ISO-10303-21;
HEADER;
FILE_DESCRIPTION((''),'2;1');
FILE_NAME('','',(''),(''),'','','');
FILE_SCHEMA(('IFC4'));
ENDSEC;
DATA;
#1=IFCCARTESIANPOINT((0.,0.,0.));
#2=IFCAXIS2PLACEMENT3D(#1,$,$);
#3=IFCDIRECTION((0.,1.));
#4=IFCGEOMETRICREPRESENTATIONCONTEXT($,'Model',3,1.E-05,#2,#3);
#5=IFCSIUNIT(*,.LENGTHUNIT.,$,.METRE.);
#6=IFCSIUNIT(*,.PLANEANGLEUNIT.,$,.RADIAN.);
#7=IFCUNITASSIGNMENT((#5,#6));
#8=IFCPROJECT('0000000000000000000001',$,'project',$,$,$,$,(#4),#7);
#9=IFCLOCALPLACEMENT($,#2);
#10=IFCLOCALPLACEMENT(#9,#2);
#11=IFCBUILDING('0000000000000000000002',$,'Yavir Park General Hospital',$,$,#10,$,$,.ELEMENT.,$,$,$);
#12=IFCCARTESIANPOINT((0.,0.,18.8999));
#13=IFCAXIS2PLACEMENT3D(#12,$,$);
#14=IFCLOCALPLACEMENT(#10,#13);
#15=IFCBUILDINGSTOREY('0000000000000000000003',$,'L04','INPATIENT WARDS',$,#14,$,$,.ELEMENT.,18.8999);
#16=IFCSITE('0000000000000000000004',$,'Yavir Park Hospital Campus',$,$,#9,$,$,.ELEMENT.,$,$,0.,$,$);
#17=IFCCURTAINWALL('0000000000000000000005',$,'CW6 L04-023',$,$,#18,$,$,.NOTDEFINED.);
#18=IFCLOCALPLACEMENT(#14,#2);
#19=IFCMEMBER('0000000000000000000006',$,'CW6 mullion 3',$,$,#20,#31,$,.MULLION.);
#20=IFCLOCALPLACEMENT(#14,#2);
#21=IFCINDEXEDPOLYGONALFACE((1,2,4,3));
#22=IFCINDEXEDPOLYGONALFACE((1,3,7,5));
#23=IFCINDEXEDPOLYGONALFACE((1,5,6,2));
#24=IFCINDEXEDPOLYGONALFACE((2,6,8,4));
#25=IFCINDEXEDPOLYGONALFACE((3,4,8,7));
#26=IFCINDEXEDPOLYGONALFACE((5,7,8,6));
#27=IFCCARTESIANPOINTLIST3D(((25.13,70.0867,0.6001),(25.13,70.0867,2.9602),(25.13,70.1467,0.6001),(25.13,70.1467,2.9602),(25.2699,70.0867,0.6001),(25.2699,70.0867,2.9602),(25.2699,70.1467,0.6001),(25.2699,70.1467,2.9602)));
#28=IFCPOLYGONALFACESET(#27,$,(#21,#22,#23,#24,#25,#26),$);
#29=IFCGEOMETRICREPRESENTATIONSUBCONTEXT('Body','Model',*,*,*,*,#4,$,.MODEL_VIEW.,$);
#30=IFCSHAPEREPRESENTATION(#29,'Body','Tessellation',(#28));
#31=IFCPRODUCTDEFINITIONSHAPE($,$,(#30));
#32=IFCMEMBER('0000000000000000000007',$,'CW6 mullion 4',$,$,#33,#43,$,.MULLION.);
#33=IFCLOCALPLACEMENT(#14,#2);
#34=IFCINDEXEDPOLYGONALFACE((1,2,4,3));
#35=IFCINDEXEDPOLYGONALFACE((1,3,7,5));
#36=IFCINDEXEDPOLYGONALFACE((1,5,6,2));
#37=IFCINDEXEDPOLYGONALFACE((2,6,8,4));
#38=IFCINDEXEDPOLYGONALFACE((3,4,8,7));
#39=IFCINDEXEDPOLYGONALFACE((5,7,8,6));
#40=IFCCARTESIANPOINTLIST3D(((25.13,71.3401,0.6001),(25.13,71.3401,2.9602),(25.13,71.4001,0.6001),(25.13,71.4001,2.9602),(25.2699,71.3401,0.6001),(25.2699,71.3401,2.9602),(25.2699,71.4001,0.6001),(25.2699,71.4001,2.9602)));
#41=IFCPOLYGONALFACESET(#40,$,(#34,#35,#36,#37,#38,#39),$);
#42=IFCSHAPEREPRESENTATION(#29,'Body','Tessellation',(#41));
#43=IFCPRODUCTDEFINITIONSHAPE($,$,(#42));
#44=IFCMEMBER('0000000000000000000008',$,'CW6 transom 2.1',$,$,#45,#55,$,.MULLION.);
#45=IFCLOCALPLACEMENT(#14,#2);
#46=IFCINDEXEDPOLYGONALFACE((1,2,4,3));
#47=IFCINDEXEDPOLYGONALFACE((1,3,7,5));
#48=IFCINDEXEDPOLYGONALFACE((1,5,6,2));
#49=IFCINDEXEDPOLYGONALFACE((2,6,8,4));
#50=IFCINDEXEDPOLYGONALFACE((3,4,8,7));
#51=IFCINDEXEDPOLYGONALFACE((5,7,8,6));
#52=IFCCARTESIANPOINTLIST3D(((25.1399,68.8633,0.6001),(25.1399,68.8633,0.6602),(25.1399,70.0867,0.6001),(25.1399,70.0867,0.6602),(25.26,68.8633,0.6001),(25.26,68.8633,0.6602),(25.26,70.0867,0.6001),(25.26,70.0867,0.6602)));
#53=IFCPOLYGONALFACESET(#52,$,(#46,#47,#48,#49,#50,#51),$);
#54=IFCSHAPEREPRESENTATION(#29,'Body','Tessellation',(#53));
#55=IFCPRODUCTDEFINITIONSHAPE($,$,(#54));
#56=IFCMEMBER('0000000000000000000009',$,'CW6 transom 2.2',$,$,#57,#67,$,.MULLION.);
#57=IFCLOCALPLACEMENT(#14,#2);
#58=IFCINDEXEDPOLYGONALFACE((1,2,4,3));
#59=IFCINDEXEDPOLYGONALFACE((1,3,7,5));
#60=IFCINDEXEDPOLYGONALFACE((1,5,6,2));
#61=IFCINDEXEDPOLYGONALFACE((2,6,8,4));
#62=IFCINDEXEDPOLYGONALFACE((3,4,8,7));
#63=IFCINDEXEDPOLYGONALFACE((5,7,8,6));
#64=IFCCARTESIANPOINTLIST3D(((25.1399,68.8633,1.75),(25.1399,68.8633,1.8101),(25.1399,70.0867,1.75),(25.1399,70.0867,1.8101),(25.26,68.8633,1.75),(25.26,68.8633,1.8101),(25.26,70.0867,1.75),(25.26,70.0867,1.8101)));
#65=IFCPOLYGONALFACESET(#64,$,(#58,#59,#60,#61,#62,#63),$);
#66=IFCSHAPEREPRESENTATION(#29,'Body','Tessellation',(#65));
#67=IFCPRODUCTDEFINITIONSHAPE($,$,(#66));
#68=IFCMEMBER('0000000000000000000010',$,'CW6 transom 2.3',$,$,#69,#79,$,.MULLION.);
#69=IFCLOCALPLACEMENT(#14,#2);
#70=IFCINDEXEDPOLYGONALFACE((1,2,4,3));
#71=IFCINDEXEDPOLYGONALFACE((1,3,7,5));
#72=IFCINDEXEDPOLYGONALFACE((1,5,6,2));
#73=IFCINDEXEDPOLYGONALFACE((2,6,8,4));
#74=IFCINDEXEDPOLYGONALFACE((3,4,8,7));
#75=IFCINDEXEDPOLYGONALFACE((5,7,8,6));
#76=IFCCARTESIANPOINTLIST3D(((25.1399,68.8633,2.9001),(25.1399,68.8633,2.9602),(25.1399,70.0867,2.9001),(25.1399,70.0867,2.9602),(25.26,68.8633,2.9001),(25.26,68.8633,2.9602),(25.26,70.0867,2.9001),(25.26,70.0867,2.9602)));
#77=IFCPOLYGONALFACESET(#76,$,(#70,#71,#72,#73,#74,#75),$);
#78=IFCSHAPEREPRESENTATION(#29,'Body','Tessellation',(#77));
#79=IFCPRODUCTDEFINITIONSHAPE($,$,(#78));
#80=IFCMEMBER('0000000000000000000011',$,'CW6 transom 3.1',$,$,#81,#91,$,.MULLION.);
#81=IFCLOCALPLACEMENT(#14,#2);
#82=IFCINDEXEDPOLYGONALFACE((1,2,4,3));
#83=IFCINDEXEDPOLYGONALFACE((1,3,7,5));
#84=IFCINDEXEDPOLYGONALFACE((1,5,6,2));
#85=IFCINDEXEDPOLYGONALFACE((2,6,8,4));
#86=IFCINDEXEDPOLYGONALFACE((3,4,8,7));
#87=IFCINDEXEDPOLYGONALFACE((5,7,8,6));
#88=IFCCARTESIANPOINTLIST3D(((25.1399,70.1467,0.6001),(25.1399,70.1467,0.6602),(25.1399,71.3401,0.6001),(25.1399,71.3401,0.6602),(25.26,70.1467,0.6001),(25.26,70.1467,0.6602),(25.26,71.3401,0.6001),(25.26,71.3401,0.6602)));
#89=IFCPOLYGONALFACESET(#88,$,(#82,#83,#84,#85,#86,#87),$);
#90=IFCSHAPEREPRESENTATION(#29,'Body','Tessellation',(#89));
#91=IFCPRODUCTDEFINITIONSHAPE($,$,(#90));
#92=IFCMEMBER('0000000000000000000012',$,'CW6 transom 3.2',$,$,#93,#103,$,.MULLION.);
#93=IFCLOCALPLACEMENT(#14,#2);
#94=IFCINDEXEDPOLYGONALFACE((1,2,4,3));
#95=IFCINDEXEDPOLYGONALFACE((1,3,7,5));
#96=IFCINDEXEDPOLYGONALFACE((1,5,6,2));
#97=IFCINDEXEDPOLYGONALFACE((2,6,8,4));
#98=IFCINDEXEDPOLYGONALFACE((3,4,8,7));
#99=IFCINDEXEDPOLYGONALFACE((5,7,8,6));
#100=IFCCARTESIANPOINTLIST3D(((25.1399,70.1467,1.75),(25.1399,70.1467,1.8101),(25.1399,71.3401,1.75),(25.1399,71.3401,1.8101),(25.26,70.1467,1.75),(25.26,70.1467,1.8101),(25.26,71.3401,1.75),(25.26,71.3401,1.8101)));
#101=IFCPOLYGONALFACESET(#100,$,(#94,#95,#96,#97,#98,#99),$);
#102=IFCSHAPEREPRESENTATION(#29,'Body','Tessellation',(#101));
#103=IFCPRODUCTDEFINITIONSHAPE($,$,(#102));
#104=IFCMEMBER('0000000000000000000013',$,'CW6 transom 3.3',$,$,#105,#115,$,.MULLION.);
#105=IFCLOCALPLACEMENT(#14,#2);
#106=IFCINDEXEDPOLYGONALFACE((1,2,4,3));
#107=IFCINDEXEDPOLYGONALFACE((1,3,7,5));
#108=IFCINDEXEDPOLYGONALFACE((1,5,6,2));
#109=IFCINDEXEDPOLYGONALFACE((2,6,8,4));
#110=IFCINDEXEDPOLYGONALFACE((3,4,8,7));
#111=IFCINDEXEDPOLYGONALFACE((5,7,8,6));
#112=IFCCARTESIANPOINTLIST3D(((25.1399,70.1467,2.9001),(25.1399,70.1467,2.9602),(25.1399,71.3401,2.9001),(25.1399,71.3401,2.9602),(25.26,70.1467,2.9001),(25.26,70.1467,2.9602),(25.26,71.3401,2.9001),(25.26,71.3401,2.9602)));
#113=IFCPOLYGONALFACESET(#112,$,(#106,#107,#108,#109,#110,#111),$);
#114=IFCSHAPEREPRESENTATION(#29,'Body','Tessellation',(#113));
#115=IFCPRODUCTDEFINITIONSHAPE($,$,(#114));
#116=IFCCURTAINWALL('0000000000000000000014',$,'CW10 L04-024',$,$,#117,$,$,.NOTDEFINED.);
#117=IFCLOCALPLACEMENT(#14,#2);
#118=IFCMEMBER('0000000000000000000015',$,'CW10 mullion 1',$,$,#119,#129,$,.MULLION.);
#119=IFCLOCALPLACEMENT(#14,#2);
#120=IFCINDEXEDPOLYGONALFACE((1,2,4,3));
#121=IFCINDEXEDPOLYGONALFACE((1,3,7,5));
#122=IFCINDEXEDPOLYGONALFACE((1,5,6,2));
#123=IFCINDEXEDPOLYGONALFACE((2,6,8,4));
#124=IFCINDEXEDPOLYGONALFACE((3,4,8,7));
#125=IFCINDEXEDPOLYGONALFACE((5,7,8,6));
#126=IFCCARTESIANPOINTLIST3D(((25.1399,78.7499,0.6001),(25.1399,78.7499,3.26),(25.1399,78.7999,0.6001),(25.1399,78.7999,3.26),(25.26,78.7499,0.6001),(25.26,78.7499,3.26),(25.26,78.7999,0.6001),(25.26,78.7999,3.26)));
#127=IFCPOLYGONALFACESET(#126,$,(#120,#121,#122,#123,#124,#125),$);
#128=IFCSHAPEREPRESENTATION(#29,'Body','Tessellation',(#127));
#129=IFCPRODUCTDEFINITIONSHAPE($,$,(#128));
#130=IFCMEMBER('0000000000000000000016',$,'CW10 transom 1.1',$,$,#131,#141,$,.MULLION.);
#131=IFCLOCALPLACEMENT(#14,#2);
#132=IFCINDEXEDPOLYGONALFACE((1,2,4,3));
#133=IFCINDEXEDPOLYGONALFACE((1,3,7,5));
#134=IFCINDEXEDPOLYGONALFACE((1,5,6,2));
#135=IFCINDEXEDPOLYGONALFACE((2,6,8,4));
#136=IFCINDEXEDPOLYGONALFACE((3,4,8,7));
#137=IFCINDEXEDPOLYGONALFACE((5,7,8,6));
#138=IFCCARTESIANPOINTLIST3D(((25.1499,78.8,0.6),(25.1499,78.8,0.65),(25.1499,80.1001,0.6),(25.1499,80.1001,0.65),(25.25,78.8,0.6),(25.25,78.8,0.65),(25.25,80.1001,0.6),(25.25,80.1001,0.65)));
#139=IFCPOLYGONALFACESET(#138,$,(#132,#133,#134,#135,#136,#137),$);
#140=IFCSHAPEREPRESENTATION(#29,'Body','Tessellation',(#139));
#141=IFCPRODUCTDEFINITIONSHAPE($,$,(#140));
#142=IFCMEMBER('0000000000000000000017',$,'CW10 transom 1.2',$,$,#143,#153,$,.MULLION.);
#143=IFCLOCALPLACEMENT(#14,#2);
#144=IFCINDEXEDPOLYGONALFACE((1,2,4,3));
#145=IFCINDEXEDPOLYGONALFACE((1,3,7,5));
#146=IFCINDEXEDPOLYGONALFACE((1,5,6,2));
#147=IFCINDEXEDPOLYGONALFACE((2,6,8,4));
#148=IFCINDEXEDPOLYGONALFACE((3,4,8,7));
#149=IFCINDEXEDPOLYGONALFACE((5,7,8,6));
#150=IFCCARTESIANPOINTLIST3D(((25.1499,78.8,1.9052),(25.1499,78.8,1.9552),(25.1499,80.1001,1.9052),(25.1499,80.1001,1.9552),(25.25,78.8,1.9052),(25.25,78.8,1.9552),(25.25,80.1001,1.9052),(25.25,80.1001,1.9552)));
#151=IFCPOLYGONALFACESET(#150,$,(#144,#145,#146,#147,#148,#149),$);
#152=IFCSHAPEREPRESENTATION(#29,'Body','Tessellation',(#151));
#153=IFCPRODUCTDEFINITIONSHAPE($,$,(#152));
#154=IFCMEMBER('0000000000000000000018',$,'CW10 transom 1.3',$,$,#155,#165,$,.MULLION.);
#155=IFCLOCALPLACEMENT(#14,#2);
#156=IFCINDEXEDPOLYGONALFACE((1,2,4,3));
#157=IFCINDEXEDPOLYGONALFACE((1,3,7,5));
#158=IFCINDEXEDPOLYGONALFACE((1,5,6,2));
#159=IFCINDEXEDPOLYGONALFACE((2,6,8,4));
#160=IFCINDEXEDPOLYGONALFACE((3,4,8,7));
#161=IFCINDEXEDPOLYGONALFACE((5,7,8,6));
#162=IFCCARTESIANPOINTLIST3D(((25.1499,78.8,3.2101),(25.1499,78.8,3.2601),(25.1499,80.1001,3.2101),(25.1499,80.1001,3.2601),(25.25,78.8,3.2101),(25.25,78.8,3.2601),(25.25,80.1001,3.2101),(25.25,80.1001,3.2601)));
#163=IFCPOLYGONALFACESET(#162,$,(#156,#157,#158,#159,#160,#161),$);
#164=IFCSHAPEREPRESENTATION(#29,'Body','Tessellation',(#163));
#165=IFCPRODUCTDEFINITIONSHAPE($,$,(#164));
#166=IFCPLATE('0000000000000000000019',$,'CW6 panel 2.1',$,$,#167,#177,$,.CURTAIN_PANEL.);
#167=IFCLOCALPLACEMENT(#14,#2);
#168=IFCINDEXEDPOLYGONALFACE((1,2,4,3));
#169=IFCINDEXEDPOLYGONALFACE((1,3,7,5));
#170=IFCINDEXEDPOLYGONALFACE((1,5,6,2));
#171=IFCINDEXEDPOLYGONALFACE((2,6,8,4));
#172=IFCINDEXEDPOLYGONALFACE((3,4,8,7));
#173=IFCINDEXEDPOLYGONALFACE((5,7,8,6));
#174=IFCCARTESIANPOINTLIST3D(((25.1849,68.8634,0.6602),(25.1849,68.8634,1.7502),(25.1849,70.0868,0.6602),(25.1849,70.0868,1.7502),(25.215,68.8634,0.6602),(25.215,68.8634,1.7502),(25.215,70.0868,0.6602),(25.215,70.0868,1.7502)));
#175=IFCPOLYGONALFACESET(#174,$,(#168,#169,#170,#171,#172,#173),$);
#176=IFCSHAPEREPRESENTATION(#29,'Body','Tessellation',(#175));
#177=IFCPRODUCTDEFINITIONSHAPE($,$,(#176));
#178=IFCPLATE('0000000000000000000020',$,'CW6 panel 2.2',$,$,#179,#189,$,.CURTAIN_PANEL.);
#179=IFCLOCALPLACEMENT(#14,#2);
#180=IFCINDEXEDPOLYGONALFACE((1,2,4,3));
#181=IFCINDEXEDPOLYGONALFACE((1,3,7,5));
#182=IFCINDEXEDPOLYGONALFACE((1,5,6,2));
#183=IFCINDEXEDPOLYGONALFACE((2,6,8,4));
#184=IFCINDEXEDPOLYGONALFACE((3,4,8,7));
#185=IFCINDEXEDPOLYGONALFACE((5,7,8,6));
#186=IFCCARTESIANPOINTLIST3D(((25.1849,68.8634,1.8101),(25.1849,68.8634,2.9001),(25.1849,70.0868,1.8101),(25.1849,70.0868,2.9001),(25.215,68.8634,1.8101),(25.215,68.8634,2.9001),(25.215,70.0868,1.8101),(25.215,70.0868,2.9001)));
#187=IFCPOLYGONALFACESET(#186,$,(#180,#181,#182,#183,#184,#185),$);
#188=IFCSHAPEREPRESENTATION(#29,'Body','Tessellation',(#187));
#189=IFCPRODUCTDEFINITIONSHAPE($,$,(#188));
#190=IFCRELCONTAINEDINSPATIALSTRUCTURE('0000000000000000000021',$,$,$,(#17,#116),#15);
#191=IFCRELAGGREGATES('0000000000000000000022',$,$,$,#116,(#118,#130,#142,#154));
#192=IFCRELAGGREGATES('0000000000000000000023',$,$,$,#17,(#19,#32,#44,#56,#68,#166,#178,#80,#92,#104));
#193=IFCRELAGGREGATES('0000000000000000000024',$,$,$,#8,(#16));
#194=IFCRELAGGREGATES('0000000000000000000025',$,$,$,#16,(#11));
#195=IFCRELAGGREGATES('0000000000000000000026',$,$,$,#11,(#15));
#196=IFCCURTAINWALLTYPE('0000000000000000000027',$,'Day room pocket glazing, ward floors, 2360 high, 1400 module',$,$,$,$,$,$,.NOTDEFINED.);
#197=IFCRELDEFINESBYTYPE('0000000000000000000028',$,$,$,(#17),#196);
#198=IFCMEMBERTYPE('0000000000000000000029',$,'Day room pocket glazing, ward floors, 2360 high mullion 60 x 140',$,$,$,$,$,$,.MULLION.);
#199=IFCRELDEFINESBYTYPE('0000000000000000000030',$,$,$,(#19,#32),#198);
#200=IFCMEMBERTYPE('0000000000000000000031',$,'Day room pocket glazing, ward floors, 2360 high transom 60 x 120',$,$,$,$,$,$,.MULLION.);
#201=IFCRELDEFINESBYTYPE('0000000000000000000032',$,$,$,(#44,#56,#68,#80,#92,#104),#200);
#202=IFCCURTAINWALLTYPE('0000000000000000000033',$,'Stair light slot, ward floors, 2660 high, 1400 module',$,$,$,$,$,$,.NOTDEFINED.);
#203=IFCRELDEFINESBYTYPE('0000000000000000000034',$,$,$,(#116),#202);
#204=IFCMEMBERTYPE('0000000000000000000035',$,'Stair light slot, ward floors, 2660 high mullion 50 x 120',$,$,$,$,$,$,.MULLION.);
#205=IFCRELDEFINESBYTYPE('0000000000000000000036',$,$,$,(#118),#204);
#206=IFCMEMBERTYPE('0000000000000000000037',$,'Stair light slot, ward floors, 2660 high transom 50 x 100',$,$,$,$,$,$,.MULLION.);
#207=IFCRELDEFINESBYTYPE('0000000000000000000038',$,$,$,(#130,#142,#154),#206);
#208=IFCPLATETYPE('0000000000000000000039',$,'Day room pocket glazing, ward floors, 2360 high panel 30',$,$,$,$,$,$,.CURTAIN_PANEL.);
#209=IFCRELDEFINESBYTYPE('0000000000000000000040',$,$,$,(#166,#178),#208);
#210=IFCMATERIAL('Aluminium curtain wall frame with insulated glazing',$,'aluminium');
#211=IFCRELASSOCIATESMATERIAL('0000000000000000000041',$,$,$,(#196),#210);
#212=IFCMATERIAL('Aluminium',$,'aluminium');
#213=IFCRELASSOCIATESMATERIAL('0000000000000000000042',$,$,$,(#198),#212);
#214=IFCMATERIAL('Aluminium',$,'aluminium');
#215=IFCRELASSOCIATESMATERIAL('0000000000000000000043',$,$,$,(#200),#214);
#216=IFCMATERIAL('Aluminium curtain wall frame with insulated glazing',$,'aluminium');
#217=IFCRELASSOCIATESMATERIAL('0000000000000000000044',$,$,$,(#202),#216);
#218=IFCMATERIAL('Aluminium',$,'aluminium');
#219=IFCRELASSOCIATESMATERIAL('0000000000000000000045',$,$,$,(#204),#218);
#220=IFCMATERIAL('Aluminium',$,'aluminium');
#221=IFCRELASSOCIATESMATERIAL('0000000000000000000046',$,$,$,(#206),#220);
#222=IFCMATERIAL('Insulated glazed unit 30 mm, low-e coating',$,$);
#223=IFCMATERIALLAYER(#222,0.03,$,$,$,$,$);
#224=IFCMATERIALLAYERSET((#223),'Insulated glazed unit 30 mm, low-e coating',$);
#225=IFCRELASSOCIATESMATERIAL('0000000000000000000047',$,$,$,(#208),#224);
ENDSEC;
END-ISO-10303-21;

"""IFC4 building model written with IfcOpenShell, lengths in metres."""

from ifc_helpers import new_model, si_unit, direction, frame, origin, origin_2d, place, context, subcontext, project, spatial, rectangle, extrude, material, layer, layer_set, material_profile, profile_set, type_object, element, aggregate, save


model = new_model("IFC4")

# Units and contexts
model_context = context("Model", 3, precision=1e-05, world=origin(), true_north=direction((0.0, 1.0)))
body_context = subcontext(model_context, "Body", "Model", "MODEL_VIEW")
ifc_project = project(units=[si_unit("LENGTHUNIT", "METRE"), si_unit("PLANEANGLEUNIT", "RADIAN")], contexts=[model_context])

# Site, building, storey
site_placement = place(None, origin())
site = spatial("IfcSite", under=ifc_project, at=site_placement, Name="Yavir Park Hospital Campus", CompositionType="ELEMENT", RefElevation=0.0)
building_placement = place(site_placement, origin())
building = spatial("IfcBuilding", under=site, at=building_placement, Name="Yavir Park General Hospital", CompositionType="ELEMENT")
storey_placement = place(building_placement, frame((0.0, 0.0, 18.8999)))
storey = spatial("IfcBuildingStorey", under=building, at=storey_placement, Name="L04", Description="INPATIENT WARDS", CompositionType="ELEMENT", Elevation=18.8999)

# Curtain walls, members
ifc_material_1 = material(Name="Aluminium curtain wall frame with insulated glazing", Category="aluminium")
curtain_wall_type_1 = type_object("IfcCurtainWallType", Name="Day room pocket glazing, ward floors, 2360 high, 1400 module", PredefinedType="NOTDEFINED", material=ifc_material_1)
curtain_wall_1_placement = place(storey_placement, origin())
curtain_wall_1 = element("IfcCurtainWall", 1, at=curtain_wall_1_placement, inside=storey, type_object=curtain_wall_type_1, Name="CW6 L04-023", PredefinedType="NOTDEFINED")
ifc_material_2 = material(Name="Aluminium", Category="aluminium")
ifc_material_profile_1 = material_profile(ifc_material_2, rectangle(XDim=0.1399, YDim=0.0601, at=origin_2d()), Name="AL 60x140")
ifc_profile_set_1 = profile_set([ifc_material_profile_1], Name="Aluminium")
member_type_1 = type_object("IfcMemberType", Name="Day room pocket glazing, ward floors, 2360 high mullion 60 x 140", PredefinedType="MULLION", material=ifc_profile_set_1)
member_1_placement = place(storey_placement, frame((25.2, 70.1167, 0.6001), z_axis=(0.0, 0.0, 1.0), x_axis=(-1.0, 0.0, 0.0)))
member_1 = element("IfcMember", 2, at=member_1_placement, type_object=member_type_1, Name="CW6 mullion 3", PredefinedType="MULLION", context=body_context, shape_type="SweptSolid", body=[
    extrude(rectangle(XDim=0.1399, YDim=0.0601, at=origin_2d()), origin(), (0.0, 0.0, 1.0), 2.3601),
])
member_2_placement = place(storey_placement, frame((25.2, 71.3701, 0.6001), z_axis=(0.0, 0.0, 1.0), x_axis=(-1.0, 0.0, 0.0)))
member_2 = element("IfcMember", 3, at=member_2_placement, type_object=member_type_1, Name="CW6 mullion 4", PredefinedType="MULLION", context=body_context, shape_type="SweptSolid", body=[
    extrude(rectangle(XDim=0.1399, YDim=0.0601, at=origin_2d()), origin(), (0.0, 0.0, 1.0), 2.3601),
])
ifc_material_3 = material(Name="Aluminium", Category="aluminium")
ifc_material_profile_2 = material_profile(ifc_material_3, rectangle(XDim=0.1201, YDim=0.0601, at=origin_2d()), Name="AL 120x60")
ifc_profile_set_2 = profile_set([ifc_material_profile_2], Name="Aluminium")
member_type_2 = type_object("IfcMemberType", Name="Day room pocket glazing, ward floors, 2360 high transom 60 x 120", PredefinedType="MULLION", material=ifc_profile_set_2)
member_3_placement = place(storey_placement, frame((25.2, 68.8633, 0.6301), z_axis=(0.0, 1.0, 0.0), x_axis=(-1.0, 0.0, 0.0)))
member_3 = element("IfcMember", 4, at=member_3_placement, type_object=member_type_2, Name="CW6 transom 2.1", PredefinedType="MULLION", context=body_context, shape_type="SweptSolid", body=[
    extrude(rectangle(XDim=0.1201, YDim=0.0601, at=origin_2d()), origin(), (0.0, 0.0, 1.0), 1.2234),
])
member_4_placement = place(storey_placement, frame((25.2, 68.8633, 1.78), z_axis=(0.0, 1.0, 0.0), x_axis=(-1.0, 0.0, 0.0)))
member_4 = element("IfcMember", 5, at=member_4_placement, type_object=member_type_2, Name="CW6 transom 2.2", PredefinedType="MULLION", context=body_context, shape_type="SweptSolid", body=[
    extrude(rectangle(XDim=0.1201, YDim=0.0601, at=origin_2d()), origin(), (0.0, 0.0, 1.0), 1.2234),
])
member_5_placement = place(storey_placement, frame((25.2, 68.8633, 2.9302), z_axis=(0.0, 1.0, 0.0), x_axis=(-1.0, 0.0, 0.0)))
member_5 = element("IfcMember", 6, at=member_5_placement, type_object=member_type_2, Name="CW6 transom 2.3", PredefinedType="MULLION", context=body_context, shape_type="SweptSolid", body=[
    extrude(rectangle(XDim=0.1201, YDim=0.0601, at=origin_2d()), origin(), (0.0, 0.0, 1.0), 1.2234),
])
member_6_placement = place(storey_placement, frame((25.2, 70.1467, 0.6301), z_axis=(0.0, 1.0, 0.0), x_axis=(-1.0, 0.0, 0.0)))
member_6 = element("IfcMember", 7, at=member_6_placement, type_object=member_type_2, Name="CW6 transom 3.1", PredefinedType="MULLION", context=body_context, shape_type="SweptSolid", body=[
    extrude(rectangle(XDim=0.1201, YDim=0.0601, at=origin_2d()), origin(), (0.0, 0.0, 1.0), 1.1934),
])
member_7_placement = place(storey_placement, frame((25.2, 70.1467, 1.78), z_axis=(0.0, 1.0, 0.0), x_axis=(-1.0, 0.0, 0.0)))
member_7 = element("IfcMember", 8, at=member_7_placement, type_object=member_type_2, Name="CW6 transom 3.2", PredefinedType="MULLION", context=body_context, shape_type="SweptSolid", body=[
    extrude(rectangle(XDim=0.1201, YDim=0.0601, at=origin_2d()), origin(), (0.0, 0.0, 1.0), 1.1934),
])
member_8_placement = place(storey_placement, frame((25.2, 70.1467, 2.9302), z_axis=(0.0, 1.0, 0.0), x_axis=(-1.0, 0.0, 0.0)))
member_8 = element("IfcMember", 9, at=member_8_placement, type_object=member_type_2, Name="CW6 transom 3.3", PredefinedType="MULLION", context=body_context, shape_type="SweptSolid", body=[
    extrude(rectangle(XDim=0.1201, YDim=0.0601, at=origin_2d()), origin(), (0.0, 0.0, 1.0), 1.1934),
])
ifc_material_4 = material(Name="Aluminium curtain wall frame with insulated glazing", Category="aluminium")
curtain_wall_type_2 = type_object("IfcCurtainWallType", Name="Stair light slot, ward floors, 2660 high, 1400 module", PredefinedType="NOTDEFINED", material=ifc_material_4)
curtain_wall_2_placement = place(storey_placement, origin())
curtain_wall_2 = element("IfcCurtainWall", 10, at=curtain_wall_2_placement, inside=storey, type_object=curtain_wall_type_2, Name="CW10 L04-024", PredefinedType="NOTDEFINED")
ifc_material_5 = material(Name="Aluminium", Category="aluminium")
ifc_material_profile_3 = material_profile(ifc_material_5, rectangle(XDim=0.1201, YDim=0.05, at=origin_2d()), Name="AL 50x120")
ifc_profile_set_3 = profile_set([ifc_material_profile_3], Name="Aluminium")
member_type_3 = type_object("IfcMemberType", Name="Stair light slot, ward floors, 2660 high mullion 50 x 120", PredefinedType="MULLION", material=ifc_profile_set_3)
member_9_placement = place(storey_placement, frame((25.2, 78.7749, 0.6001), z_axis=(0.0, 0.0, 1.0), x_axis=(-1.0, 0.0, 0.0)))
member_9 = element("IfcMember", 11, at=member_9_placement, type_object=member_type_3, Name="CW10 mullion 1", PredefinedType="MULLION", context=body_context, shape_type="SweptSolid", body=[
    extrude(rectangle(XDim=0.1201, YDim=0.05, at=origin_2d()), origin(), (0.0, 0.0, 1.0), 2.6599),
])
ifc_material_6 = material(Name="Aluminium", Category="aluminium")
ifc_material_profile_4 = material_profile(ifc_material_6, rectangle(XDim=0.1001, YDim=0.05, at=origin_2d()), Name="AL 100x50")
ifc_profile_set_4 = profile_set([ifc_material_profile_4], Name="Aluminium")
member_type_4 = type_object("IfcMemberType", Name="Stair light slot, ward floors, 2660 high transom 50 x 100", PredefinedType="MULLION", material=ifc_profile_set_4)
member_10_placement = place(storey_placement, frame((25.2, 78.8, 0.625), z_axis=(0.0, 1.0, 0.0), x_axis=(-1.0, 0.0, 0.0)))
member_10 = element("IfcMember", 12, at=member_10_placement, type_object=member_type_4, Name="CW10 transom 1.1", PredefinedType="MULLION", context=body_context, shape_type="SweptSolid", body=[
    extrude(rectangle(XDim=0.1001, YDim=0.05, at=origin_2d()), origin(), (0.0, 0.0, 1.0), 1.3),
])
member_11_placement = place(storey_placement, frame((25.2, 78.8, 1.9302), z_axis=(0.0, 1.0, 0.0), x_axis=(-1.0, 0.0, 0.0)))
member_11 = element("IfcMember", 13, at=member_11_placement, type_object=member_type_4, Name="CW10 transom 1.2", PredefinedType="MULLION", context=body_context, shape_type="SweptSolid", body=[
    extrude(rectangle(XDim=0.1001, YDim=0.05, at=origin_2d()), origin(), (0.0, 0.0, 1.0), 1.3),
])
member_12_placement = place(storey_placement, frame((25.2, 78.8, 3.2351), z_axis=(0.0, 1.0, 0.0), x_axis=(-1.0, 0.0, 0.0)))
member_12 = element("IfcMember", 14, at=member_12_placement, type_object=member_type_4, Name="CW10 transom 1.3", PredefinedType="MULLION", context=body_context, shape_type="SweptSolid", body=[
    extrude(rectangle(XDim=0.1001, YDim=0.05, at=origin_2d()), origin(), (0.0, 0.0, 1.0), 1.3),
])
aggregate(curtain_wall_2, [member_9, member_10, member_11, member_12])

# Plates
ifc_material_7 = material(Name="Insulated glazed unit 30 mm, low-e coating")
ifc_layer_1 = layer(ifc_material_7, 0.03)
ifc_layer_set_1 = layer_set([ifc_layer_1], Name="Insulated glazed unit 30 mm, low-e coating")
plate_type = type_object("IfcPlateType", Name="Day room pocket glazing, ward floors, 2360 high panel 30", PredefinedType="CURTAIN_PANEL", material=ifc_layer_set_1)
plate_1_placement = place(storey_placement, frame((25.2, 69.4751, 0.6602), z_axis=(0.0, 0.0, 1.0), x_axis=(0.0, 1.0, 0.0)))
plate_1 = element("IfcPlate", 15, at=plate_1_placement, type_object=plate_type, Name="CW6 panel 2.1", PredefinedType="CURTAIN_PANEL", context=body_context, shape_type="SweptSolid", body=[
    extrude(rectangle(XDim=1.2234, YDim=0.03, at=origin_2d()), origin(), (0.0, 0.0, 1.0), 1.0901),
])
plate_2_placement = place(storey_placement, frame((25.2, 69.4751, 1.8101), z_axis=(0.0, 0.0, 1.0), x_axis=(0.0, 1.0, 0.0)))
plate_2 = element("IfcPlate", 16, at=plate_2_placement, type_object=plate_type, Name="CW6 panel 2.2", PredefinedType="CURTAIN_PANEL", context=body_context, shape_type="SweptSolid", body=[
    extrude(rectangle(XDim=1.2234, YDim=0.03, at=origin_2d()), origin(), (0.0, 0.0, 1.0), 1.0901),
])
aggregate(curtain_wall_1, [member_1, member_2, member_3, member_4, member_5, plate_1, plate_2, member_6, member_7, member_8])

save(model, "model.ifc")
